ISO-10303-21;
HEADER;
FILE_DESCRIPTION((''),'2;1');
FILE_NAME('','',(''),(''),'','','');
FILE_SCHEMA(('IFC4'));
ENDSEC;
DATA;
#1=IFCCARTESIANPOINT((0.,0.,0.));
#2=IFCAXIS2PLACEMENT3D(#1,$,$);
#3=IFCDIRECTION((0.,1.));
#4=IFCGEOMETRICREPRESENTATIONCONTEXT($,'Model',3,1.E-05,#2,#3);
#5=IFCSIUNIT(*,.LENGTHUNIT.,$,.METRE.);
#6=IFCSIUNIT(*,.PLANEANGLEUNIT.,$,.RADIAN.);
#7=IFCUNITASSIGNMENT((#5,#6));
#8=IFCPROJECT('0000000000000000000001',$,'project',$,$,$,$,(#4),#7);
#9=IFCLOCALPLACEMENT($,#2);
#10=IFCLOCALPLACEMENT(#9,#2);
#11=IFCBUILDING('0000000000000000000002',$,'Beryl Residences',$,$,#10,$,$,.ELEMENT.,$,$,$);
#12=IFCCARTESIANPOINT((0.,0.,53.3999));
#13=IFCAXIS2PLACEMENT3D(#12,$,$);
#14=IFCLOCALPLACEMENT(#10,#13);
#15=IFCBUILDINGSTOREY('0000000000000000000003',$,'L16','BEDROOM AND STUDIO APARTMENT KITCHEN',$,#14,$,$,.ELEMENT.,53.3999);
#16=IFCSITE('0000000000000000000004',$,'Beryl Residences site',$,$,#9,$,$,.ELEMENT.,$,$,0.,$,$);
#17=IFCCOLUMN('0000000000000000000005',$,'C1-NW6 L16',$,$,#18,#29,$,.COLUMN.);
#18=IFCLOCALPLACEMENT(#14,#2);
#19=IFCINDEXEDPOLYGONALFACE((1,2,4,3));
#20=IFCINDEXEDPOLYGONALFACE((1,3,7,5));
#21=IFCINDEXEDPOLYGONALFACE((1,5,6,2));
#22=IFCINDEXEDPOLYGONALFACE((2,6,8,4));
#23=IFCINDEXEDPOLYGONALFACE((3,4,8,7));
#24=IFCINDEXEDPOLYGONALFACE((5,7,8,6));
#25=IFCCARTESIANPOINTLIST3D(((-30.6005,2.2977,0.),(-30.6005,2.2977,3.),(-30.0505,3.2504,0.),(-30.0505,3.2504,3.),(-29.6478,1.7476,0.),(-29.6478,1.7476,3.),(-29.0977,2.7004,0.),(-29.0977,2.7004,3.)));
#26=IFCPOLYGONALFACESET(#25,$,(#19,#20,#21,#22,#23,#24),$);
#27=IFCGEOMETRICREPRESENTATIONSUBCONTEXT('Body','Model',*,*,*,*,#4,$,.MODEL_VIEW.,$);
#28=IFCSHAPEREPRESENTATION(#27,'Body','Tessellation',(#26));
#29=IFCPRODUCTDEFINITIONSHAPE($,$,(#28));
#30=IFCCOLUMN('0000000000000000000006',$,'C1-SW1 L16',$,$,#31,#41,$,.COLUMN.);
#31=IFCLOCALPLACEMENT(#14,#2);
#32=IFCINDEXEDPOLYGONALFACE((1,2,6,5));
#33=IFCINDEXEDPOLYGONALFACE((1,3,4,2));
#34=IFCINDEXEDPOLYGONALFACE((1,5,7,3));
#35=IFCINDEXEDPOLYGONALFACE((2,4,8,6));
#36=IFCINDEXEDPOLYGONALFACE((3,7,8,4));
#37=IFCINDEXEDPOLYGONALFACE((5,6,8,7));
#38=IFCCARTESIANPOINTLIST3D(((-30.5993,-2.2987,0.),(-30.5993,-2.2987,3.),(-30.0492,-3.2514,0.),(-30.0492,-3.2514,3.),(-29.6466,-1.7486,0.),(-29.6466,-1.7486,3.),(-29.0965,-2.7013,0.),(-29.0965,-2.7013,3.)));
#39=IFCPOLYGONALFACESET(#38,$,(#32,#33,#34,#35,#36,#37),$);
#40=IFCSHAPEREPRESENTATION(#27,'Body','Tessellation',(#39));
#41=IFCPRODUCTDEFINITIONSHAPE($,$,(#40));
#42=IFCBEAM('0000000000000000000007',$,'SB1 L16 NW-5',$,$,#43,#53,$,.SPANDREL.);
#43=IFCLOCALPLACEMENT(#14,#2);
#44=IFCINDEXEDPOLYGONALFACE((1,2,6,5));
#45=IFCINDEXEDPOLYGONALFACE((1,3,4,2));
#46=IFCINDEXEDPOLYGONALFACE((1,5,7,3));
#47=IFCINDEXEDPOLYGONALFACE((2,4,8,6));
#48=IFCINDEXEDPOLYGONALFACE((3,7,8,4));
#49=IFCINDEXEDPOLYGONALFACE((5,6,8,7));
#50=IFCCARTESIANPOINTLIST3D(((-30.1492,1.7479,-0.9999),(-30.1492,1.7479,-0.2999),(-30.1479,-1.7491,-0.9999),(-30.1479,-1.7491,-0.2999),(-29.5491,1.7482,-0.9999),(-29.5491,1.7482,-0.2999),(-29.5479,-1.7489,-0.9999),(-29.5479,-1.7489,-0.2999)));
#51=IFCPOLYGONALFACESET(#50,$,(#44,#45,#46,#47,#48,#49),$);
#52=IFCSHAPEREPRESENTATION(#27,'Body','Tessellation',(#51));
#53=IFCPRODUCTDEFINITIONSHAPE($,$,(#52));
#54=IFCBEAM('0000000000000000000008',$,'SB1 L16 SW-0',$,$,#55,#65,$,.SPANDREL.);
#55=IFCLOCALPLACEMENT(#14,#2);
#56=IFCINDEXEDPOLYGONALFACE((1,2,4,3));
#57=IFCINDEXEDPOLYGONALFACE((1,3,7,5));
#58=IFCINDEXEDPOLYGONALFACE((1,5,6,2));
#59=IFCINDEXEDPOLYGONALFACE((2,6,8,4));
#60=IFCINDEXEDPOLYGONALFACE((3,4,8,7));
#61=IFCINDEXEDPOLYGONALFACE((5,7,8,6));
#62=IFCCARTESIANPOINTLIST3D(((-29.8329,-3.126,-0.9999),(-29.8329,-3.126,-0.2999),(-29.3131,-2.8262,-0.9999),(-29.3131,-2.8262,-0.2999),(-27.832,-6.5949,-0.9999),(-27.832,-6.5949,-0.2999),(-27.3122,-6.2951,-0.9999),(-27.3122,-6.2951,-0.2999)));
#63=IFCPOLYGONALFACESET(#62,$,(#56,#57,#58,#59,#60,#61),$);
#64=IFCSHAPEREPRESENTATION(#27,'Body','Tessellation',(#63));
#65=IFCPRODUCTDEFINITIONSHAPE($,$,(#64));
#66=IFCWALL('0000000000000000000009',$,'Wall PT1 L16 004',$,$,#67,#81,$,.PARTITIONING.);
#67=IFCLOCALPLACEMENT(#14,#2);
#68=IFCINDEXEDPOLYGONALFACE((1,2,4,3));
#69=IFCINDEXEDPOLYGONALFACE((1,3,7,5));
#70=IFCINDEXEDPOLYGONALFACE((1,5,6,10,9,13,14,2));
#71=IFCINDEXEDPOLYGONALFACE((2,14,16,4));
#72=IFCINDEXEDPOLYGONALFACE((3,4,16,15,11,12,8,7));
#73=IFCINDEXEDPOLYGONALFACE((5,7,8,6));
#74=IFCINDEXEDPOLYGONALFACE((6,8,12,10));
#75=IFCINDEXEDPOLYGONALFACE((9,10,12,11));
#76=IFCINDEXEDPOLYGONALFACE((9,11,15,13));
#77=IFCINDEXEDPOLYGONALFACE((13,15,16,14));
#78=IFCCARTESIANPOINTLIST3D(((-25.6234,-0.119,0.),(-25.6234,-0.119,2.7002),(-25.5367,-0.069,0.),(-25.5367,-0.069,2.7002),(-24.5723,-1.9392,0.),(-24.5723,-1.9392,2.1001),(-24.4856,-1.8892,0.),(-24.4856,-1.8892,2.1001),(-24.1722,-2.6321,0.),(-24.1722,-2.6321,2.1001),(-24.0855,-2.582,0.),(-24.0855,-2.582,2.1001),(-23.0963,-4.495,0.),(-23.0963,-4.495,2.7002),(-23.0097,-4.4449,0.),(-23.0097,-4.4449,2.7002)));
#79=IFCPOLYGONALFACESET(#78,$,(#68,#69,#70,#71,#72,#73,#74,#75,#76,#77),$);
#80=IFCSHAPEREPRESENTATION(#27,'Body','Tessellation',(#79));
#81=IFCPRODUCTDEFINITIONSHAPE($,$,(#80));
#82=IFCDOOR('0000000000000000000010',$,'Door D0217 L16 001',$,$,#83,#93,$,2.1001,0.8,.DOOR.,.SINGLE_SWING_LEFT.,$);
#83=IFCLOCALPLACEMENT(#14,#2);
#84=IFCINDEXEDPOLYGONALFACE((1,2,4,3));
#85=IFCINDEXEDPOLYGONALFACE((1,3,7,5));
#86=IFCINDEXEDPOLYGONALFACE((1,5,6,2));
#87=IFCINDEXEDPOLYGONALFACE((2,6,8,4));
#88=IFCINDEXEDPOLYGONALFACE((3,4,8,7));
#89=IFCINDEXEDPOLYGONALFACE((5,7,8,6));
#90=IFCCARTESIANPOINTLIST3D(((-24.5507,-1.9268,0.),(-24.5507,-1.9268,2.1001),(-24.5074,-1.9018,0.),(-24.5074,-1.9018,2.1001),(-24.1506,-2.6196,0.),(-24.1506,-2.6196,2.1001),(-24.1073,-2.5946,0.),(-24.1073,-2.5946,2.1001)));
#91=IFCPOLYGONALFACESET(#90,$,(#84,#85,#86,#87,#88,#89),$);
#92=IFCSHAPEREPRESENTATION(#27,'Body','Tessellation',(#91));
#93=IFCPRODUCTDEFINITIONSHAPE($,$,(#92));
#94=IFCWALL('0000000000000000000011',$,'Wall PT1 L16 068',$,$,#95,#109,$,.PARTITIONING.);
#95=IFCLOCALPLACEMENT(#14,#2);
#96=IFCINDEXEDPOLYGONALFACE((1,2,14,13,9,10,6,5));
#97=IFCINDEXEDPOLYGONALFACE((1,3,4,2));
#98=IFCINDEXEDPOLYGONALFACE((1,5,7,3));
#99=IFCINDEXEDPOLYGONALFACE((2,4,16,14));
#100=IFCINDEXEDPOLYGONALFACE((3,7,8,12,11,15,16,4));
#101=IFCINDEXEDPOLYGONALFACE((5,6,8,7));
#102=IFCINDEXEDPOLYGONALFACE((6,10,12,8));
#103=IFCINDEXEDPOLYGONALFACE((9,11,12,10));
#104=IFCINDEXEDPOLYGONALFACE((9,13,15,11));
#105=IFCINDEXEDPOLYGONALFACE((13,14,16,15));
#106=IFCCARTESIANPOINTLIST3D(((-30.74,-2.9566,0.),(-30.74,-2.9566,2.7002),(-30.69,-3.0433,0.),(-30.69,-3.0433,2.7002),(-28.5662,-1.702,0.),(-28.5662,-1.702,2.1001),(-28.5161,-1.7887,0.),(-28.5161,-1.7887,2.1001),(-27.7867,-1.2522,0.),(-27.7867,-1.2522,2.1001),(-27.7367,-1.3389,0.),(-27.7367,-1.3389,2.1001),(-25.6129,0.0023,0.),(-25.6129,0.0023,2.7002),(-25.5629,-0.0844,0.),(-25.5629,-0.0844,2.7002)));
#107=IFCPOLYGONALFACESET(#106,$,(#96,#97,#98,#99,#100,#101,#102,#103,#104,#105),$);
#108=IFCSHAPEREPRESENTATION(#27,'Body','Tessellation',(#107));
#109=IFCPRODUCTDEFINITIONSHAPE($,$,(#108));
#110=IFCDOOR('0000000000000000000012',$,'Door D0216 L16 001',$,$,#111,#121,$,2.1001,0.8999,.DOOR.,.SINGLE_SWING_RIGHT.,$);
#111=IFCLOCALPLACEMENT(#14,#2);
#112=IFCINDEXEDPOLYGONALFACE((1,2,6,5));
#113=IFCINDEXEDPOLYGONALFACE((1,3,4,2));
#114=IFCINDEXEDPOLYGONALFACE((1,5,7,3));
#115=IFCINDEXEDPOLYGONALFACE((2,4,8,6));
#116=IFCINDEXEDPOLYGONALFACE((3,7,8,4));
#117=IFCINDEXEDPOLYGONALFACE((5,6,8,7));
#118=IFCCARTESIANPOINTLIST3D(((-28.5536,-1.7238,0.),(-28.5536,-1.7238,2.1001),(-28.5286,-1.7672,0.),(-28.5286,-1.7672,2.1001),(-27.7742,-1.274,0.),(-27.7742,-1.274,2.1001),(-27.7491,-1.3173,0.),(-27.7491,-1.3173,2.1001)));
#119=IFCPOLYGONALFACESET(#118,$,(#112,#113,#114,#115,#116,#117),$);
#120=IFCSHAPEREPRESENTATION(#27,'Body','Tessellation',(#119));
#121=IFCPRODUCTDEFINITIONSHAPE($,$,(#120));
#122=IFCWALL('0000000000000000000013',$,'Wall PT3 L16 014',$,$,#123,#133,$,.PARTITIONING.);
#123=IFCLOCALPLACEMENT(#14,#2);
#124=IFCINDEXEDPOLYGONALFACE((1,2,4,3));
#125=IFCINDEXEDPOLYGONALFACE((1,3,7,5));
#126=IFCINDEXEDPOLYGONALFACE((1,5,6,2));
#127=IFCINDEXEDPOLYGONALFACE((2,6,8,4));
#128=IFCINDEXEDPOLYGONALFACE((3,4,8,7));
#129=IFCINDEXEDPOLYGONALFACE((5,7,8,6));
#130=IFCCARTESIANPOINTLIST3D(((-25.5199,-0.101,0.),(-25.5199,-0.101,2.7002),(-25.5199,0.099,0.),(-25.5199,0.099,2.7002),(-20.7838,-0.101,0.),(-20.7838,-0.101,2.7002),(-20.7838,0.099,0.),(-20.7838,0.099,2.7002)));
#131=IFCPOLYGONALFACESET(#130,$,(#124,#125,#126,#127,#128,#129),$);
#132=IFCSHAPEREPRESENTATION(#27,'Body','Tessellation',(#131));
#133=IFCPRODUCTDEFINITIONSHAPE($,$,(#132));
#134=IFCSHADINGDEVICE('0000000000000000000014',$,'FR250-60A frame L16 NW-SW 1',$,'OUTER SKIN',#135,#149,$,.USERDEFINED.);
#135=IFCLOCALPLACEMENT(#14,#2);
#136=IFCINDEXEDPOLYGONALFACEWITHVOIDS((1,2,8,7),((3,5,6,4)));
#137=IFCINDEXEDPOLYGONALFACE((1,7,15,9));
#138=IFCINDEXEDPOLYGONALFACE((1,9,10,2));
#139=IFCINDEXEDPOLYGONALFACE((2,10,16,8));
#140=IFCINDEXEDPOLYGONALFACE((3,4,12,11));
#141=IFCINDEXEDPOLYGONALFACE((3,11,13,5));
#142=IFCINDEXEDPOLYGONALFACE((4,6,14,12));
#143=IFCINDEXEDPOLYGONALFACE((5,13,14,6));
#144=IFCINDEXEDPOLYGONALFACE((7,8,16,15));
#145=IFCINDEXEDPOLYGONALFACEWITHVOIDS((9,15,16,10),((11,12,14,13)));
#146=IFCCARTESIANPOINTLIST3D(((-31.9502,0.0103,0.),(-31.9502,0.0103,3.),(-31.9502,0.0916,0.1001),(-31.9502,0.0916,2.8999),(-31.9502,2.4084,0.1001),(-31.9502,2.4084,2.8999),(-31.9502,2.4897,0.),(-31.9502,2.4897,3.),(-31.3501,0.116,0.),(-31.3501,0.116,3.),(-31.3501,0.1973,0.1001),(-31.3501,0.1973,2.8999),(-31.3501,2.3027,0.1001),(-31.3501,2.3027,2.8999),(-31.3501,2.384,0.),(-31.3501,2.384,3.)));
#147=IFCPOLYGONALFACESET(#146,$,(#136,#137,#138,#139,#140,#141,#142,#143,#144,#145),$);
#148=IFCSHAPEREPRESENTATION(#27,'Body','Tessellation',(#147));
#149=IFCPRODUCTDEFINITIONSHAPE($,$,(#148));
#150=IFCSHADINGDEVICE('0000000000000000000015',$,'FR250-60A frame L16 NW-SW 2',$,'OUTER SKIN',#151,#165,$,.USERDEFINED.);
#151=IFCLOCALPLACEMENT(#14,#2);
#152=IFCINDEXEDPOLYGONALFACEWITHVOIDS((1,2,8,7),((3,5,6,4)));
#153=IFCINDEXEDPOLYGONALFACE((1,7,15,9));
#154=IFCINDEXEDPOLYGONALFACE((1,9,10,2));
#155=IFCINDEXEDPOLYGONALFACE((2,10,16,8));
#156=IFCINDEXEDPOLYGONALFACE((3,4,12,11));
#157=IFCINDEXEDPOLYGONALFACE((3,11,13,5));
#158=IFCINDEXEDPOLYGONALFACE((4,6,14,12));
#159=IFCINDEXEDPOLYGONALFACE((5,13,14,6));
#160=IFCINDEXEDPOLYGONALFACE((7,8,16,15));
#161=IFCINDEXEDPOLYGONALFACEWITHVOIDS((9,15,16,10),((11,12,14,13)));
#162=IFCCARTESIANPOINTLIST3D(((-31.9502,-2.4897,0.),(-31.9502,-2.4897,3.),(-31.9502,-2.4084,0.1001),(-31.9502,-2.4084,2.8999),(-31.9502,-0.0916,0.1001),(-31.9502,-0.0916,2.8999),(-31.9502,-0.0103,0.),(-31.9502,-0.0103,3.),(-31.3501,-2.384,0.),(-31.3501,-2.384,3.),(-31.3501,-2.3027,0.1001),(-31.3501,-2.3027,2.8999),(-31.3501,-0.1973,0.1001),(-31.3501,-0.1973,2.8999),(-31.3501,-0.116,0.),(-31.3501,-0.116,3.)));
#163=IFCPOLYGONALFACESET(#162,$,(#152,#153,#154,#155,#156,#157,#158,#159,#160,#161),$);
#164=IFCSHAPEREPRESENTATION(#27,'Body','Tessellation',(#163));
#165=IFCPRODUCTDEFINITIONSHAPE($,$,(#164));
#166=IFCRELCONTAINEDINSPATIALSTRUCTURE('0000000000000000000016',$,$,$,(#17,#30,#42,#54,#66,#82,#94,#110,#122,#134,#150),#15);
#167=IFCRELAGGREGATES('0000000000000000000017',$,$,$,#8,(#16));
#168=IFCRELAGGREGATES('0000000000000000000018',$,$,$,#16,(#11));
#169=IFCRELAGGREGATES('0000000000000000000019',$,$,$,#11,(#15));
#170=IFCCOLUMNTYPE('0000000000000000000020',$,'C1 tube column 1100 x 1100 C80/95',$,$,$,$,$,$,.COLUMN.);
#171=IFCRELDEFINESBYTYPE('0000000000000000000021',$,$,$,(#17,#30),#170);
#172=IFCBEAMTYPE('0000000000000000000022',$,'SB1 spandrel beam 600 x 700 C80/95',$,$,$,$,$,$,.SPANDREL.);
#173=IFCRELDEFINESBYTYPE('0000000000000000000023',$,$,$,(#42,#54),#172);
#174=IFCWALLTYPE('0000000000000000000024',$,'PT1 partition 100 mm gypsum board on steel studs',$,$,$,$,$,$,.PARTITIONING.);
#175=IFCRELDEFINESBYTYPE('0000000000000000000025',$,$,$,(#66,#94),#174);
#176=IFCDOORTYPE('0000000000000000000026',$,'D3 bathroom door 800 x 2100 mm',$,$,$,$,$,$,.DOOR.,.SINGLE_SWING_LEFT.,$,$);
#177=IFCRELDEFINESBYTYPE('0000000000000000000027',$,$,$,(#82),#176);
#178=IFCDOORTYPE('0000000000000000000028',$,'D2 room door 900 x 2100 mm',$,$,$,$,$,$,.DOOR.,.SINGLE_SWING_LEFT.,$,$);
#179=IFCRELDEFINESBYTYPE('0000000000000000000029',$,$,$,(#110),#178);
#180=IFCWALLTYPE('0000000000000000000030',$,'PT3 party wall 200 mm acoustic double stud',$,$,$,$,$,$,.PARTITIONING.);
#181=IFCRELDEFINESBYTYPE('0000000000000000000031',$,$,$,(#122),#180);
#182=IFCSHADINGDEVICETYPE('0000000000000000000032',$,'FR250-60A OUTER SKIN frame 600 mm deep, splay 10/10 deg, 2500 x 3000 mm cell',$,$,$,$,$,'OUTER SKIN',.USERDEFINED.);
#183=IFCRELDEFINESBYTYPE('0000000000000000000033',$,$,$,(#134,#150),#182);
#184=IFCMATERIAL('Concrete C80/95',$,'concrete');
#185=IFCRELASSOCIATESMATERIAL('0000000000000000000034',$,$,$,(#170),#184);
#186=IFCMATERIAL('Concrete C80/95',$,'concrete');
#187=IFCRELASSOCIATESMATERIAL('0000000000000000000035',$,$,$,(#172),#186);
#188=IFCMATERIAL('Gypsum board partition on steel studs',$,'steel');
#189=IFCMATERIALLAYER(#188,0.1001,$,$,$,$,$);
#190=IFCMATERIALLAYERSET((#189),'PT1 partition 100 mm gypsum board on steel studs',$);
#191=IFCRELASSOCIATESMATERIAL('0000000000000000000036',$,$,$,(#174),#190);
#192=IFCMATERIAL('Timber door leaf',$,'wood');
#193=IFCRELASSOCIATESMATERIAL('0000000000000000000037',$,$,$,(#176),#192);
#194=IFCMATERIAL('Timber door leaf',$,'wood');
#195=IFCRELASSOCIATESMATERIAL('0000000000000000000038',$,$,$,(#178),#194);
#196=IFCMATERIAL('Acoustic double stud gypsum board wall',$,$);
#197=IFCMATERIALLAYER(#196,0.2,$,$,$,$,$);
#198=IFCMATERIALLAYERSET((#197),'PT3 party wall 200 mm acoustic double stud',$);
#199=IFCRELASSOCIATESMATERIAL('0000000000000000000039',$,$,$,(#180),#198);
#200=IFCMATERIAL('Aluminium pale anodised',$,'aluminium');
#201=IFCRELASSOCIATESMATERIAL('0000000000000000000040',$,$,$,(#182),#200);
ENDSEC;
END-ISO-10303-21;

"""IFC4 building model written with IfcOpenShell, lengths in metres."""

from ifc_helpers import new_model, entity, si_unit, direction, frame, frame_2d, origin, origin_2d, place, context, subcontext, project, spatial, rectangle, extrude, source, transform, mapped, material, layer, layer_set, material_profile, profile_set, type_object, type_shapes, element, fill, save


model = new_model("IFC4")

# Units and contexts
model_context = context("Model", 3, precision=1e-05, world=origin(), true_north=direction((0.0, 1.0)))
body_context = subcontext(model_context, "Body", "Model", "MODEL_VIEW")
ifc_project = project(units=[si_unit("LENGTHUNIT", "METRE"), si_unit("PLANEANGLEUNIT", "RADIAN")], contexts=[model_context])

# Site, building, storey
site_placement = place(None, origin())
site = spatial("IfcSite", under=ifc_project, at=site_placement, Name="Beryl Residences site", CompositionType="ELEMENT", RefElevation=0.0)
building_placement = place(site_placement, origin())
building = spatial("IfcBuilding", under=site, at=building_placement, Name="Beryl Residences", CompositionType="ELEMENT")
storey_placement = place(building_placement, frame((0.0, 0.0, 53.3999)))
storey = spatial("IfcBuildingStorey", under=building, at=storey_placement, Name="L16", Description="BEDROOM AND STUDIO APARTMENT KITCHEN", CompositionType="ELEMENT", Elevation=53.3999)

# Columns
ifc_material_1 = material(Name="Concrete C80/95", Category="concrete")
ifc_material_profile_1 = material_profile(ifc_material_1, rectangle(XDim=1.1001, YDim=1.1001, at=origin_2d()))
ifc_profile_set_1 = profile_set([ifc_material_profile_1], Name="Concrete C80/95")
column_type = type_object("IfcColumnType", Name="C1 tube column 1100 x 1100 C80/95", PredefinedType="COLUMN", material=ifc_profile_set_1)
for number, where, z_axis, x_axis, name in (
    (1, (-29.8491, 2.499, 0.0), (0.0, 0.0, 1.0), (-0.499985, -0.866034, 0.0), "C1-NW6 L16"),
    (2, (-29.8479, -2.5, 0.0), (0.0, 0.0, 1.0), (0.499985, -0.866034, 0.0), "C1-SW1 L16"),
):
    element("IfcColumn", number, at=place(storey_placement, frame(where, z_axis=z_axis, x_axis=x_axis)), inside=storey, type_object=column_type, Name=name, PredefinedType="COLUMN", context=body_context, shape_type="SweptSolid", body=[
        extrude(rectangle(XDim=1.1001, YDim=1.1001, at=origin_2d()), origin(), (0.0, 0.0, 1.0), 3.0),
    ])

# Beams
ifc_material_2 = material(Name="Concrete C80/95", Category="concrete")
ifc_material_profile_2 = material_profile(ifc_material_2, rectangle(XDim=0.6001, YDim=0.7, at=origin_2d()))
ifc_profile_set_2 = profile_set([ifc_material_profile_2], Name="Concrete C80/95")
beam_type = type_object("IfcBeamType", Name="SB1 spandrel beam 600 x 700 C80/95", PredefinedType="SPANDREL", material=ifc_profile_set_2)
beam_1_placement = place(storey_placement, frame((-29.8491, 1.748, -0.6499), z_axis=(0.000349, -1.0, 0.0), x_axis=(1.0, 0.000349, 0.0)))
element("IfcBeam", 3, at=beam_1_placement, inside=storey, type_object=beam_type, Name="SB1 L16 NW-5", PredefinedType="SPANDREL", context=body_context, shape_type="SweptSolid", body=[
    extrude(rectangle(XDim=0.6001, YDim=0.7, at=origin_2d()), origin(), (0.0, 0.0, 1.0), 3.4971),
])
beam_2_placement = place(storey_placement, frame((-29.573, -2.9761, -0.6499), z_axis=(0.499654, -0.866225, 0.0), x_axis=(0.866225, 0.499654, 0.0)))
element("IfcBeam", 4, at=beam_2_placement, inside=storey, type_object=beam_type, Name="SB1 L16 SW-0", PredefinedType="SPANDREL", context=body_context, shape_type="SweptSolid", body=[
    extrude(rectangle(XDim=0.6001, YDim=0.7, at=origin_2d()), origin(), (0.0, 0.0, 1.0), 4.0046),
])

# Walls, openings, doors
ifc_material_3 = material(Name="Gypsum board partition on steel studs", Category="steel")
ifc_layer_1 = layer(ifc_material_3, 0.1001)
ifc_layer_set_1 = layer_set([ifc_layer_1], Name="PT1 partition 100 mm gypsum board on steel studs")
wall_type_1 = type_object("IfcWallType", Name="PT1 partition 100 mm gypsum board on steel studs", PredefinedType="PARTITIONING", material=ifc_layer_set_1)
wall_1_placement = place(storey_placement, frame((-25.5801, -0.094, 0.0), z_axis=(0.0, 0.0, 1.0), x_axis=(0.500093, -0.865972, 0.0)))
wall_1 = element("IfcWall", 5, at=wall_1_placement, inside=storey, type_object=wall_type_1, Name="Wall PT1 L16 004", PredefinedType="PARTITIONING", context=body_context, shape_type="SweptSolid", body=[
    extrude(rectangle(XDim=5.0532, YDim=0.1001, at=frame_2d((2.5266, 0.0))), origin(), (0.0, 0.0, 1.0), 2.7002),
])
opening_1_placement = place(wall_1_placement, frame((2.1021, 0.0, 0.0)))
opening_1 = element("IfcOpeningElement", 6, at=opening_1_placement, cuts=wall_1, PredefinedType="OPENING", context=body_context, shape_type="SweptSolid", body=[
    extrude(rectangle(XDim=0.8, YDim=2.1001, at=frame_2d((0.3999, 1.05))), frame((0.0, 0.0601, 0.0), z_axis=(0.0, -1.0, 0.0), x_axis=(1.0, 0.0, 0.0)), (0.0, 0.0, 1.0), 0.1201),
])
ifc_material_4 = material(Name="Timber door leaf", Category="wood")
door_type_1 = type_object("IfcDoorType", Name="D3 bathroom door 800 x 2100 mm", OperationType="SINGLE_SWING_LEFT", PredefinedType="DOOR", material=ifc_material_4)
door_1_placement = place(opening_1_placement, origin())
door_1 = element("IfcDoor", 7, at=door_1_placement, inside=storey, type_object=door_type_1, Name="Door D0217 L16 001", OperationType="SINGLE_SWING_LEFT", OverallHeight=2.1001, OverallWidth=0.8, PredefinedType="DOOR", context=body_context, shape_type="SweptSolid", body=[
    extrude(rectangle(XDim=0.8, YDim=2.1001, at=frame_2d((0.3999, 1.05))), frame((0.0, 0.0249, 0.0), z_axis=(0.0, -1.0, 0.0), x_axis=(1.0, 0.0, 0.0)), (0.0, 0.0, 1.0), 0.05),
])
fill(opening_1, door_1)
wall_2_placement = place(storey_placement, frame((-30.7151, -3.0, 0.0), z_axis=(0.0, 0.0, 1.0), x_axis=(0.866113, 0.499847, 0.0)))
wall_2 = element("IfcWall", 8, at=wall_2_placement, inside=storey, type_object=wall_type_1, Name="Wall PT1 L16 068", PredefinedType="PARTITIONING", context=body_context, shape_type="SweptSolid", body=[
    extrude(rectangle(XDim=5.9197, YDim=0.1001, at=frame_2d((2.96, 0.0))), origin(), (0.0, 0.0, 1.0), 2.7002),
])
opening_2_placement = place(wall_2_placement, frame((2.51, 0.0, 0.0)))
opening_2 = element("IfcOpeningElement", 9, at=opening_2_placement, cuts=wall_2, PredefinedType="OPENING", context=body_context, shape_type="SweptSolid", body=[
    extrude(rectangle(XDim=0.8999, YDim=2.1001, at=frame_2d((0.45, 1.05))), frame((0.0, 0.0601, 0.0), z_axis=(0.0, -1.0, 0.0), x_axis=(1.0, 0.0, 0.0)), (0.0, 0.0, 1.0), 0.1201),
])
ifc_material_5 = material(Name="Timber door leaf", Category="wood")
door_type_2 = type_object("IfcDoorType", Name="D2 room door 900 x 2100 mm", OperationType="SINGLE_SWING_LEFT", PredefinedType="DOOR", material=ifc_material_5)
door_2_placement = place(opening_2_placement, origin())
door_2 = element("IfcDoor", 10, at=door_2_placement, inside=storey, type_object=door_type_2, Name="Door D0216 L16 001", OperationType="SINGLE_SWING_RIGHT", OverallHeight=2.1001, OverallWidth=0.8999, PredefinedType="DOOR", context=body_context, shape_type="SweptSolid", body=[
    extrude(rectangle(XDim=0.8999, YDim=2.1001, at=frame_2d((0.45, 1.05))), frame((0.0, 0.0249, 0.0), z_axis=(0.0, -1.0, 0.0), x_axis=(1.0, 0.0, 0.0)), (0.0, 0.0, 1.0), 0.05),
])
fill(opening_2, door_2)

# Wall
ifc_material_6 = material(Name="Acoustic double stud gypsum board wall")
ifc_layer_2 = layer(ifc_material_6, 0.2)
ifc_layer_set_2 = layer_set([ifc_layer_2], Name="PT3 party wall 200 mm acoustic double stud")
wall_type_2 = type_object("IfcWallType", Name="PT3 party wall 200 mm acoustic double stud", PredefinedType="PARTITIONING", material=ifc_layer_set_2)
wall_3_placement = place(storey_placement, frame((-25.52, -0.001, 0.0), z_axis=(0.0, 0.0, 1.0), x_axis=(1.0, 0.0, 0.0)))
element("IfcWall", 11, at=wall_3_placement, inside=storey, type_object=wall_type_2, Name="Wall PT3 L16 014", PredefinedType="PARTITIONING", context=body_context, shape_type="SweptSolid", body=[
    extrude(rectangle(XDim=4.7361, YDim=0.2, at=frame_2d((2.3682, 0.0))), origin(), (0.0, 0.0, 1.0), 2.7002),
])

# Shading devices
ifc_material_7 = material(Name="Aluminium pale anodised", Category="aluminium")
shading_device_type_1 = type_object("IfcShadingDeviceType", Name="FR250-60A OUTER SKIN frame 600 mm deep, splay 10/10 deg, 2500 x 3000 mm cell", ElementType="OUTER SKIN", PredefinedType="USERDEFINED", material=ifc_material_7)
cartesian_point_1 = entity("IfcCartesianPoint", [-1.134, 0.0])
cartesian_point_2 = entity("IfcCartesianPoint", [-1.0527, 0.1001])
cartesian_point_3 = entity("IfcCartesianPoint", [-1.2397, 0.0])
cartesian_point_4 = entity("IfcCartesianPoint", [-1.1584, 0.1001])
shared_shape_1 = source(origin(), body_context, "Body", "SweptSolid", [
    entity("IfcExtrudedAreaSolidTapered", entity("IfcArbitraryProfileDefWithVoids", "AREA", None, entity("IfcPolyline", [cartesian_point_1, entity("IfcCartesianPoint", [1.134, 0.0]), entity("IfcCartesianPoint", [1.134, 3.0]), entity("IfcCartesianPoint", [-1.134, 3.0]), cartesian_point_1]), [entity("IfcPolyline", [cartesian_point_2, entity("IfcCartesianPoint", [1.0527, 0.1001]), entity("IfcCartesianPoint", [1.0527, 2.8999]), entity("IfcCartesianPoint", [-1.0527, 2.8999]), cartesian_point_2])]), entity("IfcAxis2Placement3D", entity("IfcCartesianPoint", [0.0, 0.0, 0.0]), entity("IfcDirection", [0.0, 1.0, 0.0]), entity("IfcDirection", [-1.0, 0.0, 0.0])), entity("IfcDirection", [0.0, 0.0, 1.0]), 0.6001, entity("IfcArbitraryProfileDefWithVoids", "AREA", None, entity("IfcPolyline", [cartesian_point_3, entity("IfcCartesianPoint", [1.2397, 0.0]), entity("IfcCartesianPoint", [1.2397, 3.0]), entity("IfcCartesianPoint", [-1.2397, 3.0]), cartesian_point_3]), [entity("IfcPolyline", [cartesian_point_4, entity("IfcCartesianPoint", [1.1584, 0.1001]), entity("IfcCartesianPoint", [1.1584, 2.8999]), entity("IfcCartesianPoint", [-1.1584, 2.8999]), cartesian_point_4])])),
])
type_shapes(shading_device_type_1, [shared_shape_1])
for number, where, z_axis, x_axis, name in (
    (12, (-31.3501, 1.25, 0.0), (0.0, 0.0, 1.0), (0.0, 1.0, 0.0), "FR250-60A frame L16 NW-SW 1"),
    (13, (-31.3501, -1.25, 0.0), (0.0, 0.0, 1.0), (0.0, 1.0, 0.0), "FR250-60A frame L16 NW-SW 2"),
):
    element("IfcShadingDevice", number, at=place(storey_placement, frame(where, z_axis=z_axis, x_axis=x_axis)), inside=storey, type_object=shading_device_type_1, Name=name, ObjectType="OUTER SKIN", PredefinedType="USERDEFINED", context=body_context, shape_type="MappedRepresentation", body=[
        mapped(shared_shape_1, transform((0.0, 0.0, 0.0))),
    ])

save(model, "model.ifc")
